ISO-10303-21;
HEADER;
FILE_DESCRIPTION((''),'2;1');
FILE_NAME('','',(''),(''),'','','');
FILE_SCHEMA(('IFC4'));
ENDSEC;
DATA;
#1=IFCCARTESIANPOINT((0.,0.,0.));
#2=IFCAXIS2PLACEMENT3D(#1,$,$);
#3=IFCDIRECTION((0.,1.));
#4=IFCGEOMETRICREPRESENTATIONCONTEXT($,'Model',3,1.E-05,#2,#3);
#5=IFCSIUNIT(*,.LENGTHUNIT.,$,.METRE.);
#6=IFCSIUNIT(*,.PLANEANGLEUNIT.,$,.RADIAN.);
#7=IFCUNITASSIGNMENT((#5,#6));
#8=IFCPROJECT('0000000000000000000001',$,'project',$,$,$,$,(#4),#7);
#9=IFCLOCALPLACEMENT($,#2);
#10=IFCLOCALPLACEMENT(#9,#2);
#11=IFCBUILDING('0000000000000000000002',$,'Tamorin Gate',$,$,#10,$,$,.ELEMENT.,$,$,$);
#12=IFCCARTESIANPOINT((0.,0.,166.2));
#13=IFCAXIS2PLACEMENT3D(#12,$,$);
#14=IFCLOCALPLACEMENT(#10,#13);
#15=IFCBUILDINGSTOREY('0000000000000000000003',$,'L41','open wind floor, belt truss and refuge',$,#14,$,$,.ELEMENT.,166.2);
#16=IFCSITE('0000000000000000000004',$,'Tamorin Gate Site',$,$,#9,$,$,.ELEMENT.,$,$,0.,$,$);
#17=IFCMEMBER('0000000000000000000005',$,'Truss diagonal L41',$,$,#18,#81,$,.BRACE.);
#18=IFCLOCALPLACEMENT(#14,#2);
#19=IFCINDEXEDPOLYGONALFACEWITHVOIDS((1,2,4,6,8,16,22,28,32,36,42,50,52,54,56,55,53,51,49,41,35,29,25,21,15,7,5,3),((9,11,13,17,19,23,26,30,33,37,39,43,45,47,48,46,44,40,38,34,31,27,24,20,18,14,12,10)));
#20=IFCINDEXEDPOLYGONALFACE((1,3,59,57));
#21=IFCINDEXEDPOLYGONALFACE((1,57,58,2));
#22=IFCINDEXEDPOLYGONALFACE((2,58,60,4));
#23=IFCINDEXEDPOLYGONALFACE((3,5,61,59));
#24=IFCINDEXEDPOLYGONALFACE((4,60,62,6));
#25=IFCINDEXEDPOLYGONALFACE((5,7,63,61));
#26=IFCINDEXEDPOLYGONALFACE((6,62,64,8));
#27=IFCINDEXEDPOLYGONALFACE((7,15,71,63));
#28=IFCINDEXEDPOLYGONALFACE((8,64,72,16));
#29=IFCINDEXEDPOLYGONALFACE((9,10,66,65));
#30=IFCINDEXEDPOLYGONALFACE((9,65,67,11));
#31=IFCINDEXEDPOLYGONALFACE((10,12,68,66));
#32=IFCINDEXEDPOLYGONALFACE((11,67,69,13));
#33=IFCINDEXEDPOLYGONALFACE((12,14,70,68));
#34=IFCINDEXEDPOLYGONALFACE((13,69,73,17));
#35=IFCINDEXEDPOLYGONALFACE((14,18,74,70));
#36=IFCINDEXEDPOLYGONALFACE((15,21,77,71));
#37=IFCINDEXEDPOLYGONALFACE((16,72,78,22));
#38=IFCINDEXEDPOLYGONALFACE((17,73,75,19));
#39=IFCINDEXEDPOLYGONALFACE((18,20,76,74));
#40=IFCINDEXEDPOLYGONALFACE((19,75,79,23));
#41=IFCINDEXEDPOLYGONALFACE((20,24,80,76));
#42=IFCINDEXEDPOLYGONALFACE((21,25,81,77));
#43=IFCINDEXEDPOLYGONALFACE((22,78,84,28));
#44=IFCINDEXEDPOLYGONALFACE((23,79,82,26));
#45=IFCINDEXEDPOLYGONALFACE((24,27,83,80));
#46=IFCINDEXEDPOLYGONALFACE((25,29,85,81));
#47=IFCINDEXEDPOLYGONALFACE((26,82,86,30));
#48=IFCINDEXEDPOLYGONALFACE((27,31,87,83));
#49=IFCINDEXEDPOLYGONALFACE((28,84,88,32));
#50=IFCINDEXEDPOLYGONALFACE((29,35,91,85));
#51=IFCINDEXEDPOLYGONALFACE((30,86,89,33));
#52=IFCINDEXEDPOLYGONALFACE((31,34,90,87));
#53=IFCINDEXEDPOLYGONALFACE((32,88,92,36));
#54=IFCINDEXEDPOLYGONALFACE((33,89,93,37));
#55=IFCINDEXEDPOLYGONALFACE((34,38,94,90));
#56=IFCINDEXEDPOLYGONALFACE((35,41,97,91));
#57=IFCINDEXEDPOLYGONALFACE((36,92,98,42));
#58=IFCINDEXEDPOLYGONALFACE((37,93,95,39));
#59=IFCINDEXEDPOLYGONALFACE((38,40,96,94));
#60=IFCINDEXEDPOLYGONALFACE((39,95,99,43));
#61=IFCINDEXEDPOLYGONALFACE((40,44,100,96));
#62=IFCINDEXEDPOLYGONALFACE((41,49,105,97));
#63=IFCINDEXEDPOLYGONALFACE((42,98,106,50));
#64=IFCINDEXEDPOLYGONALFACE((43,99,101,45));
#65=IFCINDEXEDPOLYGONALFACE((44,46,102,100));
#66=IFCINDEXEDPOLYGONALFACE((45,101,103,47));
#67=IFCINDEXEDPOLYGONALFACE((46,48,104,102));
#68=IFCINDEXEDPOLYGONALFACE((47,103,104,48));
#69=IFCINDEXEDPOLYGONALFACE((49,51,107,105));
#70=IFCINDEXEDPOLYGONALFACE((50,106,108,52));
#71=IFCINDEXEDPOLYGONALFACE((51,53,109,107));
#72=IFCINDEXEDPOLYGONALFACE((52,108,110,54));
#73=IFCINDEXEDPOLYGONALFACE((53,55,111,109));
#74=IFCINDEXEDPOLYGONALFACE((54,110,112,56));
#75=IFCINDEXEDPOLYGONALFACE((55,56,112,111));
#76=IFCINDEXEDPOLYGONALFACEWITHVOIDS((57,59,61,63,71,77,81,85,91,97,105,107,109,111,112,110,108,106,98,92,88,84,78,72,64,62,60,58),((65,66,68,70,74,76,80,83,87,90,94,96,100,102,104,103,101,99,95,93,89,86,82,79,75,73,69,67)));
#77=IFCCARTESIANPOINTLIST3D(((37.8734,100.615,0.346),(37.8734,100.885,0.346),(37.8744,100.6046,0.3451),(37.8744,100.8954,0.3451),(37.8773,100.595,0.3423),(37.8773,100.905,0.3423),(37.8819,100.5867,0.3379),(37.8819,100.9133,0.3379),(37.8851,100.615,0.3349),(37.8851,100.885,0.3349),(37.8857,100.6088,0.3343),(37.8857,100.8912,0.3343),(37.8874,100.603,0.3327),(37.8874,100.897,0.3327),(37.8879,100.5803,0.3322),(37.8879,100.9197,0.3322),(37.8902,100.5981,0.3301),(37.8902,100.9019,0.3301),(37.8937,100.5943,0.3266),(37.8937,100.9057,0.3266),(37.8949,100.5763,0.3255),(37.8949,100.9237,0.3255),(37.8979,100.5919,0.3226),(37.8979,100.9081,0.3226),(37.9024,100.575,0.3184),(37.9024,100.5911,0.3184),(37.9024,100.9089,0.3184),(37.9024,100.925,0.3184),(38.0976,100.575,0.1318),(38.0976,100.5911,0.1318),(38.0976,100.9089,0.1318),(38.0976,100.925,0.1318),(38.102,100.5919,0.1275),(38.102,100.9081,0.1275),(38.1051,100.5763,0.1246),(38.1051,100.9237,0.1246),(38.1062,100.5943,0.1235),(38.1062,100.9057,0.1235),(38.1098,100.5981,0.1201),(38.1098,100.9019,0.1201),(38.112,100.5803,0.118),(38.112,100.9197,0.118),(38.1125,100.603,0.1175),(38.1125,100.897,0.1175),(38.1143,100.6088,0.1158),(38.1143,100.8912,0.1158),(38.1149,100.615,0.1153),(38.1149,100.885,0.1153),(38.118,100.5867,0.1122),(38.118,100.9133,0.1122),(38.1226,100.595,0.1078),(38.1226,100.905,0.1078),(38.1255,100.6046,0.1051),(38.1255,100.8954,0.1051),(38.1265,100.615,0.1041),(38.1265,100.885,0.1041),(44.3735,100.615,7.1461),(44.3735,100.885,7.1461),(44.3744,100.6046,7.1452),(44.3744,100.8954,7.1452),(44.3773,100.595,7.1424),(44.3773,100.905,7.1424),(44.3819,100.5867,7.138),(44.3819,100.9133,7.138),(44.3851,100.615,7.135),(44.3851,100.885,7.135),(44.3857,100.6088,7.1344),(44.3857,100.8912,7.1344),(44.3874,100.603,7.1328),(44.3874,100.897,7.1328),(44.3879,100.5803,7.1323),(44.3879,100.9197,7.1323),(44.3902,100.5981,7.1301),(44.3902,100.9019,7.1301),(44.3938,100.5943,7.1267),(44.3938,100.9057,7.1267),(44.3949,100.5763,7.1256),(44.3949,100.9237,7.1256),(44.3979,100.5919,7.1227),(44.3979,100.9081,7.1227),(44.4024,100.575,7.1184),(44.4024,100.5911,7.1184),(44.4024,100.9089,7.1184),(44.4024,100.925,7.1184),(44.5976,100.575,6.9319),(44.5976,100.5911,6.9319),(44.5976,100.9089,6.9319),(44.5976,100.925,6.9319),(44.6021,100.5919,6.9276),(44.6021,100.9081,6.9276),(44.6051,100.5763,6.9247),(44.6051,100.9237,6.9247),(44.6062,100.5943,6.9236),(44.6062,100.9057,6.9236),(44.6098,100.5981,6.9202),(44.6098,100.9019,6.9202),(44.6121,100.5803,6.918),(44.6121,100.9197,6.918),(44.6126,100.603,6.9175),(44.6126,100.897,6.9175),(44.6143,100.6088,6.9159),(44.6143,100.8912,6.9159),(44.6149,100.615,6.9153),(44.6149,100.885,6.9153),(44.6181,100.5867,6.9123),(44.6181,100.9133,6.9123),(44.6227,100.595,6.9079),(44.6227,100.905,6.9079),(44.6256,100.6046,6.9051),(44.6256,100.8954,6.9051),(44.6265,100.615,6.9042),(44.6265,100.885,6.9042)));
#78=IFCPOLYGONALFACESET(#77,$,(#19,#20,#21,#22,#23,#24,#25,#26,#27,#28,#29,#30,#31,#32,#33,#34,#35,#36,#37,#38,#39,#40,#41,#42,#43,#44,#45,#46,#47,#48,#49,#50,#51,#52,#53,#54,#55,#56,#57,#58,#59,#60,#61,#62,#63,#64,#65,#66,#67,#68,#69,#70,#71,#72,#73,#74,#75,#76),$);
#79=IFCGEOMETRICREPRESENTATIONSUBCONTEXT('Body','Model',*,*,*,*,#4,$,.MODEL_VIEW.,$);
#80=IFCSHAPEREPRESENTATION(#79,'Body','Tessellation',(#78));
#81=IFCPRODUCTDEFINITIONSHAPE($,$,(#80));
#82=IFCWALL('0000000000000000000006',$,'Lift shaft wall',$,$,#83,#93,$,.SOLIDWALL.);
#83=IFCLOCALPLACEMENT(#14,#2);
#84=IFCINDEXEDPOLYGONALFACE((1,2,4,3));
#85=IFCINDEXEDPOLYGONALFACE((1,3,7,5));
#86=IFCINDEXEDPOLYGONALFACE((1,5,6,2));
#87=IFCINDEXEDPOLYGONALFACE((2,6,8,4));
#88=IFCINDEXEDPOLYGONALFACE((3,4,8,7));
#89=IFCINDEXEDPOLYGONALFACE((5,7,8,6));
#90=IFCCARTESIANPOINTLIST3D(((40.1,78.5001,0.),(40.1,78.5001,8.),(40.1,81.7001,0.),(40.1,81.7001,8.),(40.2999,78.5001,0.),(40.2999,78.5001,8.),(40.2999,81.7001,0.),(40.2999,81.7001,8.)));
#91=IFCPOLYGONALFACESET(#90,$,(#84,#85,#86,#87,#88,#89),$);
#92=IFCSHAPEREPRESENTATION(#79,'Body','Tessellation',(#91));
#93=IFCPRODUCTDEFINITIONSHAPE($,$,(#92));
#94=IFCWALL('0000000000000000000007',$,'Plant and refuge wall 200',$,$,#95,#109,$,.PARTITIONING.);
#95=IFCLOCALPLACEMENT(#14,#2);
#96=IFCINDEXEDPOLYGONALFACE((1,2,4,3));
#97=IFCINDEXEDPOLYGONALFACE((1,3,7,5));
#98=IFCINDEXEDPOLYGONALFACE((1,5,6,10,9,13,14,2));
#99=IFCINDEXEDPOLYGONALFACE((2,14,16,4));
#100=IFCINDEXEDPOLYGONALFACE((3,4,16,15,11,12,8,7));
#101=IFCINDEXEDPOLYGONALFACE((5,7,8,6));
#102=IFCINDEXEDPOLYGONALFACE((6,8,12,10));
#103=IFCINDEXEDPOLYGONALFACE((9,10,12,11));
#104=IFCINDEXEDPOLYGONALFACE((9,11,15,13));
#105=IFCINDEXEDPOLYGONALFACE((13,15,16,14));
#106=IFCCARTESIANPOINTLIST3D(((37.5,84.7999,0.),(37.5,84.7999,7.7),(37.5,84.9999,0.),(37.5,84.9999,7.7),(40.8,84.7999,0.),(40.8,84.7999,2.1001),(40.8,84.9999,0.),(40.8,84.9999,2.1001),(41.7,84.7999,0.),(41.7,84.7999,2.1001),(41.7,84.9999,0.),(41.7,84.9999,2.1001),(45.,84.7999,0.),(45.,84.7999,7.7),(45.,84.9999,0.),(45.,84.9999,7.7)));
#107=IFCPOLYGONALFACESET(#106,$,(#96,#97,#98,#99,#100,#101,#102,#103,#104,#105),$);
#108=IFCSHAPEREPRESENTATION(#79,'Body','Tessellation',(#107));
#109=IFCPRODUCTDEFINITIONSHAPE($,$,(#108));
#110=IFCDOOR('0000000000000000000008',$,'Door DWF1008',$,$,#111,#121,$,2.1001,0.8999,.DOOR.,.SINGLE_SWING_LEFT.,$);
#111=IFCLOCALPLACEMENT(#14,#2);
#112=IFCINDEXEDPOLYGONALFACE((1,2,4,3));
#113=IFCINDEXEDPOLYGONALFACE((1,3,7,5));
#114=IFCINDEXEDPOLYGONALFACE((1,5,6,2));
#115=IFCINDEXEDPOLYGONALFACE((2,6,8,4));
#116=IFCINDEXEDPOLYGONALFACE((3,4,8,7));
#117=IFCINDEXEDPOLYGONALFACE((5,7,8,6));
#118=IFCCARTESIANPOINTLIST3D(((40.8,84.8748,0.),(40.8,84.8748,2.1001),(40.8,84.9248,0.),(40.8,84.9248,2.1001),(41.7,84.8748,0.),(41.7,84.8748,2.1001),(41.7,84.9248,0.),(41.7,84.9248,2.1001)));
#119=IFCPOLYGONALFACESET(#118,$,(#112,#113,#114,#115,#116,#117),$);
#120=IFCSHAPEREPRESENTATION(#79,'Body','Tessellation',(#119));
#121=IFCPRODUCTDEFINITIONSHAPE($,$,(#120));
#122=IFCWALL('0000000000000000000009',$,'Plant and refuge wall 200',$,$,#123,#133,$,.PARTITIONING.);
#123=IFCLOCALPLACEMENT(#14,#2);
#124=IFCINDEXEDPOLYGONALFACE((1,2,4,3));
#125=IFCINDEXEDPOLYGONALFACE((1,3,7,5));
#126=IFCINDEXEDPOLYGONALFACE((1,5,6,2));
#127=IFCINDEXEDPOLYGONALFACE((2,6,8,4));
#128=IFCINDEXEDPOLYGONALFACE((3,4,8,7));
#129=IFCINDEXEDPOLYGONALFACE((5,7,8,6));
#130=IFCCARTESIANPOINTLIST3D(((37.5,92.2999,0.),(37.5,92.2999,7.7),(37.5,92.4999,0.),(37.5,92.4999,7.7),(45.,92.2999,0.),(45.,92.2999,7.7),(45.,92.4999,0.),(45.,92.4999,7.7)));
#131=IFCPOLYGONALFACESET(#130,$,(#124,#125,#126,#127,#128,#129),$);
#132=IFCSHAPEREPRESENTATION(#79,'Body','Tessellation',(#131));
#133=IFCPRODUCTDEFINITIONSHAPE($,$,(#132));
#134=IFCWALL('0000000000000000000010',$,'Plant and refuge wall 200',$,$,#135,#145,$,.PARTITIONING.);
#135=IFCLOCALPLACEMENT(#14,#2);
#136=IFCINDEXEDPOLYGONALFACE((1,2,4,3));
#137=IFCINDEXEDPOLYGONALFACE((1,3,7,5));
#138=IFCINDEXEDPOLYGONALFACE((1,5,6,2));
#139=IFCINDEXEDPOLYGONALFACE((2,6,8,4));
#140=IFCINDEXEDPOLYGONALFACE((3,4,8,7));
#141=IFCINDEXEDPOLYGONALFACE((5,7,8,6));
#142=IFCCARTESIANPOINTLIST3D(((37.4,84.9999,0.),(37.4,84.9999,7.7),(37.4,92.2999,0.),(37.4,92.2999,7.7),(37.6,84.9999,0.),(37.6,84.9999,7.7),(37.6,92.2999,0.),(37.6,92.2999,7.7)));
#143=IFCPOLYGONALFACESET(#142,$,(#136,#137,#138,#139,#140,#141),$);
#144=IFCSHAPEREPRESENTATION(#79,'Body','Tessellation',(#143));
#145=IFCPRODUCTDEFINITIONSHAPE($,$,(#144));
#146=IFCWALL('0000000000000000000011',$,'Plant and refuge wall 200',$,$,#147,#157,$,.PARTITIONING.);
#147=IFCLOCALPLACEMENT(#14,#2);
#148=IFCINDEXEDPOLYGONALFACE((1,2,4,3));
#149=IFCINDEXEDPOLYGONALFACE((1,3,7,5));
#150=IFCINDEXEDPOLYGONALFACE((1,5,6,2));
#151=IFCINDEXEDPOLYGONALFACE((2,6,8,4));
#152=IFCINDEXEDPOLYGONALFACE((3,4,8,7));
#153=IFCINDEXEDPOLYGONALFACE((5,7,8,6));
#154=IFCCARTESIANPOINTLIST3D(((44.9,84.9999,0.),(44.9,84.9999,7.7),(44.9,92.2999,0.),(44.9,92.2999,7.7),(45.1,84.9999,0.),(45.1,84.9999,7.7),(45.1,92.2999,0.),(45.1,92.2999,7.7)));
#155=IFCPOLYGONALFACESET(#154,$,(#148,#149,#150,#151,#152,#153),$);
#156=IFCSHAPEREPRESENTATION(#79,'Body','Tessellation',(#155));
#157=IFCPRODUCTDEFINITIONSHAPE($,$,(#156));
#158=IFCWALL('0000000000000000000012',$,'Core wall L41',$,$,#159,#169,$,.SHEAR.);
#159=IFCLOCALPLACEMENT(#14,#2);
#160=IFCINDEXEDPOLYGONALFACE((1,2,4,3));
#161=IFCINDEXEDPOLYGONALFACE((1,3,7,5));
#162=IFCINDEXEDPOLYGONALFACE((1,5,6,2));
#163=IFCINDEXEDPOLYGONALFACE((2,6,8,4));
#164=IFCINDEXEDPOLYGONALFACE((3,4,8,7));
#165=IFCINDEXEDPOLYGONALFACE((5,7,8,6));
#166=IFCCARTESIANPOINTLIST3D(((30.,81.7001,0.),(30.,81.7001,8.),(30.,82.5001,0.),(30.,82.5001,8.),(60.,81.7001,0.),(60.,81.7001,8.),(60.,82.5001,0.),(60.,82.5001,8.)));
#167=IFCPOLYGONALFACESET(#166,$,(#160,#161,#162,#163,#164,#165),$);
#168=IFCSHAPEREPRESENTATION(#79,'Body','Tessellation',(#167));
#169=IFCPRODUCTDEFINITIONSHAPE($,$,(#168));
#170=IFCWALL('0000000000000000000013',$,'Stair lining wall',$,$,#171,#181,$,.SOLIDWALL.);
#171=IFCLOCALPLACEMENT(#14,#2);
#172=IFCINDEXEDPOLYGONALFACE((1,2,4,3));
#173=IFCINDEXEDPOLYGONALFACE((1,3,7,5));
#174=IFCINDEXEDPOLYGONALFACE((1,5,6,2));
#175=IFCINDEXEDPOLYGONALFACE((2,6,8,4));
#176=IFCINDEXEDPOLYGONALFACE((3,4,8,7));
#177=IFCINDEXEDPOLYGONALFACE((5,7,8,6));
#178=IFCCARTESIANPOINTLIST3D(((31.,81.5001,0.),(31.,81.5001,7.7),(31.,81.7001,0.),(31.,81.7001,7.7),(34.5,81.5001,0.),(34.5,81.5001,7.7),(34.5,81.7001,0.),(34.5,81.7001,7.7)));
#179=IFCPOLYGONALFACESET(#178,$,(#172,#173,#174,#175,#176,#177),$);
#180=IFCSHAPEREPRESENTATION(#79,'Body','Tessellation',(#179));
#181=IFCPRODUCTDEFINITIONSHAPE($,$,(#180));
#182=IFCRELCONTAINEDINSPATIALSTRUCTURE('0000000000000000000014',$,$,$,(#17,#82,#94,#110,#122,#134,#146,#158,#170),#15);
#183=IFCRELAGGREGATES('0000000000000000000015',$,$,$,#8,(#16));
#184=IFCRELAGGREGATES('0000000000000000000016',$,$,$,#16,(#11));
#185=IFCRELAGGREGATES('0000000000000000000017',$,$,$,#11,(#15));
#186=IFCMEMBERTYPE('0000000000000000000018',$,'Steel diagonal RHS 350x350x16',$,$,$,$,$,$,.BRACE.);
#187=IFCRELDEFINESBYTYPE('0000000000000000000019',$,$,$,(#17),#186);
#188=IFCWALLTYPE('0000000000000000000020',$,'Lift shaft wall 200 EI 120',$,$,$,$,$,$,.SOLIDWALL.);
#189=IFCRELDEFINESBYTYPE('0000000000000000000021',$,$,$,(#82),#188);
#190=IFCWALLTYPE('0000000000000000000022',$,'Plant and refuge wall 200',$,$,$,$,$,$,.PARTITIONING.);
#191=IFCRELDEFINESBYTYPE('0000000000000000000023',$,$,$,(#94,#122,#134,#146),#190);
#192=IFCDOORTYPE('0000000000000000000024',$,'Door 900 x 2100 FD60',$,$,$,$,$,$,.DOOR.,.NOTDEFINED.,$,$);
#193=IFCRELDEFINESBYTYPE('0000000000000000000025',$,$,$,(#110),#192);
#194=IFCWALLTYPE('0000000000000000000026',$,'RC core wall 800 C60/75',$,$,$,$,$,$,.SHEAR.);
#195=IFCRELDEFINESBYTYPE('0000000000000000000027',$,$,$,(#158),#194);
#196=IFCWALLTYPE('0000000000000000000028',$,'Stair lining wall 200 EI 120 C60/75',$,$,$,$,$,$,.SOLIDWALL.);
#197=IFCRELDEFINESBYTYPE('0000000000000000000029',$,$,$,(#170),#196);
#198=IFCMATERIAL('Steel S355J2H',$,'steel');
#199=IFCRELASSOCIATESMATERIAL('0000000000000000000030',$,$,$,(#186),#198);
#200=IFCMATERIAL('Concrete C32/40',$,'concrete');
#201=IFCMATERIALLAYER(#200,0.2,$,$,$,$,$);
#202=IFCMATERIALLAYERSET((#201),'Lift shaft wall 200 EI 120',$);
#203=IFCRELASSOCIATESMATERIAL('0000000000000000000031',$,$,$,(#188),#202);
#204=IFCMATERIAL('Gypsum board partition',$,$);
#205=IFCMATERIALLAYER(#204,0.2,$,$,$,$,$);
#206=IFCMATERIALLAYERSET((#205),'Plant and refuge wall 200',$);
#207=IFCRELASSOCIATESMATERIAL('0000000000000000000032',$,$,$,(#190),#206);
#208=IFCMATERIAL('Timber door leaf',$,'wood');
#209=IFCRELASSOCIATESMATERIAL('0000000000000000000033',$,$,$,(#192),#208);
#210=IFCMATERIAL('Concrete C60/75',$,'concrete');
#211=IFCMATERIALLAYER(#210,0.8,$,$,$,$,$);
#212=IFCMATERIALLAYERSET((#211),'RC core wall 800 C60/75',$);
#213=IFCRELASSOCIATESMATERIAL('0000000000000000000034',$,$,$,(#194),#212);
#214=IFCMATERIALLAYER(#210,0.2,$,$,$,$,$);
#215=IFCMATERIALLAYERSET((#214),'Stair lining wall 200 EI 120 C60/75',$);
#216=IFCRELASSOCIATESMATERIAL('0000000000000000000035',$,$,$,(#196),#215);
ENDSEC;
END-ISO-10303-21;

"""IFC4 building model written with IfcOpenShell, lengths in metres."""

from ifc_helpers import new_model, si_unit, direction, frame, frame_2d, origin, origin_2d, place, context, subcontext, project, spatial, rectangle, hollow_rectangle, extrude, material, layer, layer_set, material_profile, profile_set, type_object, element, fill, save


model = new_model("IFC4")

# Units and contexts
model_context = context("Model", 3, precision=1e-05, world=origin(), true_north=direction((0.0, 1.0)))
body_context = subcontext(model_context, "Body", "Model", "MODEL_VIEW")
ifc_project = project(units=[si_unit("LENGTHUNIT", "METRE"), si_unit("PLANEANGLEUNIT", "RADIAN")], contexts=[model_context])

# Site, building, storey
site_placement = place(None, origin())
site = spatial("IfcSite", under=ifc_project, at=site_placement, Name="Tamorin Gate Site", CompositionType="ELEMENT", RefElevation=0.0)
building_placement = place(site_placement, origin())
building = spatial("IfcBuilding", under=site, at=building_placement, Name="Tamorin Gate", CompositionType="ELEMENT")
storey_placement = place(building_placement, frame((0.0, 0.0, 166.2)))
storey = spatial("IfcBuildingStorey", under=building, at=storey_placement, Name="L41", Description="open wind floor, belt truss and refuge", CompositionType="ELEMENT", Elevation=166.2)

# Member
ifc_material_1 = material(Name="Steel S355J2H", Category="steel")
ifc_material_profile_1 = material_profile(ifc_material_1, hollow_rectangle(XDim=0.3501, YDim=0.3501, WallThickness=0.0161, InnerFilletRadius=0.0239, OuterFilletRadius=0.04, at=origin_2d()), Name="RHS 350x350x16")
ifc_profile_set_1 = profile_set([ifc_material_profile_1], Name="Steel S355J2H")
member_type_1 = type_object("IfcMemberType", Name="Steel diagonal RHS 350x350x16", PredefinedType="BRACE", material=ifc_profile_set_1)
for number, where, z_axis, x_axis, name in (
    (1, (44.5, 100.75, 7.0251), (-0.690979, 0.0, -0.722875), (0.0, -1.0, 0.0), "Truss diagonal L41"),
):
    element("IfcMember", number, at=place(storey_placement, frame(where, z_axis=z_axis, x_axis=x_axis)), inside=storey, type_object=member_type_1, Name=name, PredefinedType="BRACE", context=body_context, shape_type="SweptSolid", body=[
        extrude(hollow_rectangle(XDim=0.3501, YDim=0.3501, WallThickness=0.0161, InnerFilletRadius=0.0239, OuterFilletRadius=0.04, at=origin_2d()), origin(), (0.0, 0.0, 1.0), 9.407),
    ])

# Wall
ifc_material_2 = material(Name="Concrete C32/40", Category="concrete")
ifc_layer_1 = layer(ifc_material_2, 0.2)
ifc_layer_set_1 = layer_set([ifc_layer_1], Name="Lift shaft wall 200 EI 120")
wall_type_1 = type_object("IfcWallType", Name="Lift shaft wall 200 EI 120", PredefinedType="SOLIDWALL", material=ifc_layer_set_1)
wall_1_placement = place(storey_placement, frame((40.2, 78.5, 0.0), z_axis=(0.0, 0.0, 1.0), x_axis=(0.0, 1.0, 0.0)))
element("IfcWall", 2, at=wall_1_placement, inside=storey, type_object=wall_type_1, Name="Lift shaft wall", PredefinedType="SOLIDWALL", context=body_context, shape_type="SweptSolid", body=[
    extrude(rectangle(XDim=3.2, YDim=0.2, at=frame_2d((1.6001, 0.0))), origin(), (0.0, 0.0, 1.0), 8.0),
])

# Wall, opening, door
ifc_material_3 = material(Name="Gypsum board partition")
ifc_layer_2 = layer(ifc_material_3, 0.2)
ifc_layer_set_2 = layer_set([ifc_layer_2], Name="Plant and refuge wall 200")
wall_type_2 = type_object("IfcWallType", Name="Plant and refuge wall 200", PredefinedType="PARTITIONING", material=ifc_layer_set_2)
wall_2_placement = place(storey_placement, frame((37.5, 84.8999, 0.0), z_axis=(0.0, 0.0, 1.0), x_axis=(1.0, 0.0, 0.0)))
wall_2 = element("IfcWall", 3, at=wall_2_placement, inside=storey, type_object=wall_type_2, Name="Plant and refuge wall 200", PredefinedType="PARTITIONING", context=body_context, shape_type="SweptSolid", body=[
    extrude(rectangle(XDim=7.5, YDim=0.2, at=frame_2d((3.75, 0.0))), origin(), (0.0, 0.0, 1.0), 7.7),
])
opening_placement = place(wall_2_placement, frame((3.3, 0.0, 0.0)))
opening = element("IfcOpeningElement", 4, at=opening_placement, cuts=wall_2, PredefinedType="OPENING", context=body_context, shape_type="SweptSolid", body=[
    extrude(rectangle(XDim=0.8999, YDim=2.1001, at=frame_2d((0.45, 1.05))), frame((0.0, 0.1099, 0.0), z_axis=(0.0, -1.0, 0.0), x_axis=(1.0, 0.0, 0.0)), (0.0, 0.0, 1.0), 0.22),
])
ifc_material_4 = material(Name="Timber door leaf", Category="wood")
door_type = type_object("IfcDoorType", Name="Door 900 x 2100 FD60", OperationType="NOTDEFINED", PredefinedType="DOOR", material=ifc_material_4)
door_placement = place(opening_placement, origin())
door = element("IfcDoor", 5, at=door_placement, inside=storey, type_object=door_type, Name="Door DWF1008", OperationType="SINGLE_SWING_LEFT", OverallHeight=2.1001, OverallWidth=0.8999, PredefinedType="DOOR", context=body_context, shape_type="SweptSolid", body=[
    extrude(rectangle(XDim=0.8999, YDim=2.1001, at=frame_2d((0.45, 1.05))), frame((0.0, 0.0249, 0.0), z_axis=(0.0, -1.0, 0.0), x_axis=(1.0, 0.0, 0.0)), (0.0, 0.0, 1.0), 0.05),
])
fill(opening, door)

# Walls
wall_3_placement = place(storey_placement, frame((37.5, 92.3999, 0.0), z_axis=(0.0, 0.0, 1.0), x_axis=(1.0, 0.0, 0.0)))
element("IfcWall", 6, at=wall_3_placement, inside=storey, type_object=wall_type_2, Name="Plant and refuge wall 200", PredefinedType="PARTITIONING", context=body_context, shape_type="SweptSolid", body=[
    extrude(rectangle(XDim=7.5, YDim=0.2, at=frame_2d((3.75, 0.0))), origin(), (0.0, 0.0, 1.0), 7.7),
])
for number, where, z_axis, x_axis, name in (
    (7, (37.5, 85.0, 0.0), (0.0, 0.0, 1.0), (0.0, 1.0, 0.0), "Plant and refuge wall 200"),
    (8, (45.0, 85.0, 0.0), (0.0, 0.0, 1.0), (0.0, 1.0, 0.0), "Plant and refuge wall 200"),
):
    element("IfcWall", number, at=place(storey_placement, frame(where, z_axis=z_axis, x_axis=x_axis)), inside=storey, type_object=wall_type_2, Name=name, PredefinedType="PARTITIONING", context=body_context, shape_type="SweptSolid", body=[
        extrude(rectangle(XDim=7.3, YDim=0.2, at=frame_2d((3.6499, 0.0))), origin(), (0.0, 0.0, 1.0), 7.7),
    ])
ifc_material_5 = material(Name="Concrete C60/75", Category="concrete")
ifc_layer_3 = layer(ifc_material_5, 0.8)
ifc_layer_set_3 = layer_set([ifc_layer_3], Name="RC core wall 800 C60/75")
wall_type_3 = type_object("IfcWallType", Name="RC core wall 800 C60/75", PredefinedType="SHEAR", material=ifc_layer_set_3)
wall_4_placement = place(storey_placement, frame((30.0, 82.1001, 0.0), z_axis=(0.0, 0.0, 1.0), x_axis=(1.0, 0.0, 0.0)))
element("IfcWall", 9, at=wall_4_placement, inside=storey, type_object=wall_type_3, Name="Core wall L41", PredefinedType="SHEAR", context=body_context, shape_type="SweptSolid", body=[
    extrude(rectangle(XDim=30.0, YDim=0.8, at=frame_2d((15.0, 0.0))), origin(), (0.0, 0.0, 1.0), 8.0),
])
ifc_layer_4 = layer(ifc_material_5, 0.2)
ifc_layer_set_4 = layer_set([ifc_layer_4], Name="Stair lining wall 200 EI 120 C60/75")
wall_type_4 = type_object("IfcWallType", Name="Stair lining wall 200 EI 120 C60/75", PredefinedType="SOLIDWALL", material=ifc_layer_set_4)
wall_5_placement = place(storey_placement, frame((31.0, 81.6001, 0.0), z_axis=(0.0, 0.0, 1.0), x_axis=(1.0, 0.0, 0.0)))
element("IfcWall", 10, at=wall_5_placement, inside=storey, type_object=wall_type_4, Name="Stair lining wall", PredefinedType="SOLIDWALL", context=body_context, shape_type="SweptSolid", body=[
    extrude(rectangle(XDim=3.5, YDim=0.2, at=frame_2d((1.75, 0.0))), origin(), (0.0, 0.0, 1.0), 7.7),
])

save(model, "model.ifc")
